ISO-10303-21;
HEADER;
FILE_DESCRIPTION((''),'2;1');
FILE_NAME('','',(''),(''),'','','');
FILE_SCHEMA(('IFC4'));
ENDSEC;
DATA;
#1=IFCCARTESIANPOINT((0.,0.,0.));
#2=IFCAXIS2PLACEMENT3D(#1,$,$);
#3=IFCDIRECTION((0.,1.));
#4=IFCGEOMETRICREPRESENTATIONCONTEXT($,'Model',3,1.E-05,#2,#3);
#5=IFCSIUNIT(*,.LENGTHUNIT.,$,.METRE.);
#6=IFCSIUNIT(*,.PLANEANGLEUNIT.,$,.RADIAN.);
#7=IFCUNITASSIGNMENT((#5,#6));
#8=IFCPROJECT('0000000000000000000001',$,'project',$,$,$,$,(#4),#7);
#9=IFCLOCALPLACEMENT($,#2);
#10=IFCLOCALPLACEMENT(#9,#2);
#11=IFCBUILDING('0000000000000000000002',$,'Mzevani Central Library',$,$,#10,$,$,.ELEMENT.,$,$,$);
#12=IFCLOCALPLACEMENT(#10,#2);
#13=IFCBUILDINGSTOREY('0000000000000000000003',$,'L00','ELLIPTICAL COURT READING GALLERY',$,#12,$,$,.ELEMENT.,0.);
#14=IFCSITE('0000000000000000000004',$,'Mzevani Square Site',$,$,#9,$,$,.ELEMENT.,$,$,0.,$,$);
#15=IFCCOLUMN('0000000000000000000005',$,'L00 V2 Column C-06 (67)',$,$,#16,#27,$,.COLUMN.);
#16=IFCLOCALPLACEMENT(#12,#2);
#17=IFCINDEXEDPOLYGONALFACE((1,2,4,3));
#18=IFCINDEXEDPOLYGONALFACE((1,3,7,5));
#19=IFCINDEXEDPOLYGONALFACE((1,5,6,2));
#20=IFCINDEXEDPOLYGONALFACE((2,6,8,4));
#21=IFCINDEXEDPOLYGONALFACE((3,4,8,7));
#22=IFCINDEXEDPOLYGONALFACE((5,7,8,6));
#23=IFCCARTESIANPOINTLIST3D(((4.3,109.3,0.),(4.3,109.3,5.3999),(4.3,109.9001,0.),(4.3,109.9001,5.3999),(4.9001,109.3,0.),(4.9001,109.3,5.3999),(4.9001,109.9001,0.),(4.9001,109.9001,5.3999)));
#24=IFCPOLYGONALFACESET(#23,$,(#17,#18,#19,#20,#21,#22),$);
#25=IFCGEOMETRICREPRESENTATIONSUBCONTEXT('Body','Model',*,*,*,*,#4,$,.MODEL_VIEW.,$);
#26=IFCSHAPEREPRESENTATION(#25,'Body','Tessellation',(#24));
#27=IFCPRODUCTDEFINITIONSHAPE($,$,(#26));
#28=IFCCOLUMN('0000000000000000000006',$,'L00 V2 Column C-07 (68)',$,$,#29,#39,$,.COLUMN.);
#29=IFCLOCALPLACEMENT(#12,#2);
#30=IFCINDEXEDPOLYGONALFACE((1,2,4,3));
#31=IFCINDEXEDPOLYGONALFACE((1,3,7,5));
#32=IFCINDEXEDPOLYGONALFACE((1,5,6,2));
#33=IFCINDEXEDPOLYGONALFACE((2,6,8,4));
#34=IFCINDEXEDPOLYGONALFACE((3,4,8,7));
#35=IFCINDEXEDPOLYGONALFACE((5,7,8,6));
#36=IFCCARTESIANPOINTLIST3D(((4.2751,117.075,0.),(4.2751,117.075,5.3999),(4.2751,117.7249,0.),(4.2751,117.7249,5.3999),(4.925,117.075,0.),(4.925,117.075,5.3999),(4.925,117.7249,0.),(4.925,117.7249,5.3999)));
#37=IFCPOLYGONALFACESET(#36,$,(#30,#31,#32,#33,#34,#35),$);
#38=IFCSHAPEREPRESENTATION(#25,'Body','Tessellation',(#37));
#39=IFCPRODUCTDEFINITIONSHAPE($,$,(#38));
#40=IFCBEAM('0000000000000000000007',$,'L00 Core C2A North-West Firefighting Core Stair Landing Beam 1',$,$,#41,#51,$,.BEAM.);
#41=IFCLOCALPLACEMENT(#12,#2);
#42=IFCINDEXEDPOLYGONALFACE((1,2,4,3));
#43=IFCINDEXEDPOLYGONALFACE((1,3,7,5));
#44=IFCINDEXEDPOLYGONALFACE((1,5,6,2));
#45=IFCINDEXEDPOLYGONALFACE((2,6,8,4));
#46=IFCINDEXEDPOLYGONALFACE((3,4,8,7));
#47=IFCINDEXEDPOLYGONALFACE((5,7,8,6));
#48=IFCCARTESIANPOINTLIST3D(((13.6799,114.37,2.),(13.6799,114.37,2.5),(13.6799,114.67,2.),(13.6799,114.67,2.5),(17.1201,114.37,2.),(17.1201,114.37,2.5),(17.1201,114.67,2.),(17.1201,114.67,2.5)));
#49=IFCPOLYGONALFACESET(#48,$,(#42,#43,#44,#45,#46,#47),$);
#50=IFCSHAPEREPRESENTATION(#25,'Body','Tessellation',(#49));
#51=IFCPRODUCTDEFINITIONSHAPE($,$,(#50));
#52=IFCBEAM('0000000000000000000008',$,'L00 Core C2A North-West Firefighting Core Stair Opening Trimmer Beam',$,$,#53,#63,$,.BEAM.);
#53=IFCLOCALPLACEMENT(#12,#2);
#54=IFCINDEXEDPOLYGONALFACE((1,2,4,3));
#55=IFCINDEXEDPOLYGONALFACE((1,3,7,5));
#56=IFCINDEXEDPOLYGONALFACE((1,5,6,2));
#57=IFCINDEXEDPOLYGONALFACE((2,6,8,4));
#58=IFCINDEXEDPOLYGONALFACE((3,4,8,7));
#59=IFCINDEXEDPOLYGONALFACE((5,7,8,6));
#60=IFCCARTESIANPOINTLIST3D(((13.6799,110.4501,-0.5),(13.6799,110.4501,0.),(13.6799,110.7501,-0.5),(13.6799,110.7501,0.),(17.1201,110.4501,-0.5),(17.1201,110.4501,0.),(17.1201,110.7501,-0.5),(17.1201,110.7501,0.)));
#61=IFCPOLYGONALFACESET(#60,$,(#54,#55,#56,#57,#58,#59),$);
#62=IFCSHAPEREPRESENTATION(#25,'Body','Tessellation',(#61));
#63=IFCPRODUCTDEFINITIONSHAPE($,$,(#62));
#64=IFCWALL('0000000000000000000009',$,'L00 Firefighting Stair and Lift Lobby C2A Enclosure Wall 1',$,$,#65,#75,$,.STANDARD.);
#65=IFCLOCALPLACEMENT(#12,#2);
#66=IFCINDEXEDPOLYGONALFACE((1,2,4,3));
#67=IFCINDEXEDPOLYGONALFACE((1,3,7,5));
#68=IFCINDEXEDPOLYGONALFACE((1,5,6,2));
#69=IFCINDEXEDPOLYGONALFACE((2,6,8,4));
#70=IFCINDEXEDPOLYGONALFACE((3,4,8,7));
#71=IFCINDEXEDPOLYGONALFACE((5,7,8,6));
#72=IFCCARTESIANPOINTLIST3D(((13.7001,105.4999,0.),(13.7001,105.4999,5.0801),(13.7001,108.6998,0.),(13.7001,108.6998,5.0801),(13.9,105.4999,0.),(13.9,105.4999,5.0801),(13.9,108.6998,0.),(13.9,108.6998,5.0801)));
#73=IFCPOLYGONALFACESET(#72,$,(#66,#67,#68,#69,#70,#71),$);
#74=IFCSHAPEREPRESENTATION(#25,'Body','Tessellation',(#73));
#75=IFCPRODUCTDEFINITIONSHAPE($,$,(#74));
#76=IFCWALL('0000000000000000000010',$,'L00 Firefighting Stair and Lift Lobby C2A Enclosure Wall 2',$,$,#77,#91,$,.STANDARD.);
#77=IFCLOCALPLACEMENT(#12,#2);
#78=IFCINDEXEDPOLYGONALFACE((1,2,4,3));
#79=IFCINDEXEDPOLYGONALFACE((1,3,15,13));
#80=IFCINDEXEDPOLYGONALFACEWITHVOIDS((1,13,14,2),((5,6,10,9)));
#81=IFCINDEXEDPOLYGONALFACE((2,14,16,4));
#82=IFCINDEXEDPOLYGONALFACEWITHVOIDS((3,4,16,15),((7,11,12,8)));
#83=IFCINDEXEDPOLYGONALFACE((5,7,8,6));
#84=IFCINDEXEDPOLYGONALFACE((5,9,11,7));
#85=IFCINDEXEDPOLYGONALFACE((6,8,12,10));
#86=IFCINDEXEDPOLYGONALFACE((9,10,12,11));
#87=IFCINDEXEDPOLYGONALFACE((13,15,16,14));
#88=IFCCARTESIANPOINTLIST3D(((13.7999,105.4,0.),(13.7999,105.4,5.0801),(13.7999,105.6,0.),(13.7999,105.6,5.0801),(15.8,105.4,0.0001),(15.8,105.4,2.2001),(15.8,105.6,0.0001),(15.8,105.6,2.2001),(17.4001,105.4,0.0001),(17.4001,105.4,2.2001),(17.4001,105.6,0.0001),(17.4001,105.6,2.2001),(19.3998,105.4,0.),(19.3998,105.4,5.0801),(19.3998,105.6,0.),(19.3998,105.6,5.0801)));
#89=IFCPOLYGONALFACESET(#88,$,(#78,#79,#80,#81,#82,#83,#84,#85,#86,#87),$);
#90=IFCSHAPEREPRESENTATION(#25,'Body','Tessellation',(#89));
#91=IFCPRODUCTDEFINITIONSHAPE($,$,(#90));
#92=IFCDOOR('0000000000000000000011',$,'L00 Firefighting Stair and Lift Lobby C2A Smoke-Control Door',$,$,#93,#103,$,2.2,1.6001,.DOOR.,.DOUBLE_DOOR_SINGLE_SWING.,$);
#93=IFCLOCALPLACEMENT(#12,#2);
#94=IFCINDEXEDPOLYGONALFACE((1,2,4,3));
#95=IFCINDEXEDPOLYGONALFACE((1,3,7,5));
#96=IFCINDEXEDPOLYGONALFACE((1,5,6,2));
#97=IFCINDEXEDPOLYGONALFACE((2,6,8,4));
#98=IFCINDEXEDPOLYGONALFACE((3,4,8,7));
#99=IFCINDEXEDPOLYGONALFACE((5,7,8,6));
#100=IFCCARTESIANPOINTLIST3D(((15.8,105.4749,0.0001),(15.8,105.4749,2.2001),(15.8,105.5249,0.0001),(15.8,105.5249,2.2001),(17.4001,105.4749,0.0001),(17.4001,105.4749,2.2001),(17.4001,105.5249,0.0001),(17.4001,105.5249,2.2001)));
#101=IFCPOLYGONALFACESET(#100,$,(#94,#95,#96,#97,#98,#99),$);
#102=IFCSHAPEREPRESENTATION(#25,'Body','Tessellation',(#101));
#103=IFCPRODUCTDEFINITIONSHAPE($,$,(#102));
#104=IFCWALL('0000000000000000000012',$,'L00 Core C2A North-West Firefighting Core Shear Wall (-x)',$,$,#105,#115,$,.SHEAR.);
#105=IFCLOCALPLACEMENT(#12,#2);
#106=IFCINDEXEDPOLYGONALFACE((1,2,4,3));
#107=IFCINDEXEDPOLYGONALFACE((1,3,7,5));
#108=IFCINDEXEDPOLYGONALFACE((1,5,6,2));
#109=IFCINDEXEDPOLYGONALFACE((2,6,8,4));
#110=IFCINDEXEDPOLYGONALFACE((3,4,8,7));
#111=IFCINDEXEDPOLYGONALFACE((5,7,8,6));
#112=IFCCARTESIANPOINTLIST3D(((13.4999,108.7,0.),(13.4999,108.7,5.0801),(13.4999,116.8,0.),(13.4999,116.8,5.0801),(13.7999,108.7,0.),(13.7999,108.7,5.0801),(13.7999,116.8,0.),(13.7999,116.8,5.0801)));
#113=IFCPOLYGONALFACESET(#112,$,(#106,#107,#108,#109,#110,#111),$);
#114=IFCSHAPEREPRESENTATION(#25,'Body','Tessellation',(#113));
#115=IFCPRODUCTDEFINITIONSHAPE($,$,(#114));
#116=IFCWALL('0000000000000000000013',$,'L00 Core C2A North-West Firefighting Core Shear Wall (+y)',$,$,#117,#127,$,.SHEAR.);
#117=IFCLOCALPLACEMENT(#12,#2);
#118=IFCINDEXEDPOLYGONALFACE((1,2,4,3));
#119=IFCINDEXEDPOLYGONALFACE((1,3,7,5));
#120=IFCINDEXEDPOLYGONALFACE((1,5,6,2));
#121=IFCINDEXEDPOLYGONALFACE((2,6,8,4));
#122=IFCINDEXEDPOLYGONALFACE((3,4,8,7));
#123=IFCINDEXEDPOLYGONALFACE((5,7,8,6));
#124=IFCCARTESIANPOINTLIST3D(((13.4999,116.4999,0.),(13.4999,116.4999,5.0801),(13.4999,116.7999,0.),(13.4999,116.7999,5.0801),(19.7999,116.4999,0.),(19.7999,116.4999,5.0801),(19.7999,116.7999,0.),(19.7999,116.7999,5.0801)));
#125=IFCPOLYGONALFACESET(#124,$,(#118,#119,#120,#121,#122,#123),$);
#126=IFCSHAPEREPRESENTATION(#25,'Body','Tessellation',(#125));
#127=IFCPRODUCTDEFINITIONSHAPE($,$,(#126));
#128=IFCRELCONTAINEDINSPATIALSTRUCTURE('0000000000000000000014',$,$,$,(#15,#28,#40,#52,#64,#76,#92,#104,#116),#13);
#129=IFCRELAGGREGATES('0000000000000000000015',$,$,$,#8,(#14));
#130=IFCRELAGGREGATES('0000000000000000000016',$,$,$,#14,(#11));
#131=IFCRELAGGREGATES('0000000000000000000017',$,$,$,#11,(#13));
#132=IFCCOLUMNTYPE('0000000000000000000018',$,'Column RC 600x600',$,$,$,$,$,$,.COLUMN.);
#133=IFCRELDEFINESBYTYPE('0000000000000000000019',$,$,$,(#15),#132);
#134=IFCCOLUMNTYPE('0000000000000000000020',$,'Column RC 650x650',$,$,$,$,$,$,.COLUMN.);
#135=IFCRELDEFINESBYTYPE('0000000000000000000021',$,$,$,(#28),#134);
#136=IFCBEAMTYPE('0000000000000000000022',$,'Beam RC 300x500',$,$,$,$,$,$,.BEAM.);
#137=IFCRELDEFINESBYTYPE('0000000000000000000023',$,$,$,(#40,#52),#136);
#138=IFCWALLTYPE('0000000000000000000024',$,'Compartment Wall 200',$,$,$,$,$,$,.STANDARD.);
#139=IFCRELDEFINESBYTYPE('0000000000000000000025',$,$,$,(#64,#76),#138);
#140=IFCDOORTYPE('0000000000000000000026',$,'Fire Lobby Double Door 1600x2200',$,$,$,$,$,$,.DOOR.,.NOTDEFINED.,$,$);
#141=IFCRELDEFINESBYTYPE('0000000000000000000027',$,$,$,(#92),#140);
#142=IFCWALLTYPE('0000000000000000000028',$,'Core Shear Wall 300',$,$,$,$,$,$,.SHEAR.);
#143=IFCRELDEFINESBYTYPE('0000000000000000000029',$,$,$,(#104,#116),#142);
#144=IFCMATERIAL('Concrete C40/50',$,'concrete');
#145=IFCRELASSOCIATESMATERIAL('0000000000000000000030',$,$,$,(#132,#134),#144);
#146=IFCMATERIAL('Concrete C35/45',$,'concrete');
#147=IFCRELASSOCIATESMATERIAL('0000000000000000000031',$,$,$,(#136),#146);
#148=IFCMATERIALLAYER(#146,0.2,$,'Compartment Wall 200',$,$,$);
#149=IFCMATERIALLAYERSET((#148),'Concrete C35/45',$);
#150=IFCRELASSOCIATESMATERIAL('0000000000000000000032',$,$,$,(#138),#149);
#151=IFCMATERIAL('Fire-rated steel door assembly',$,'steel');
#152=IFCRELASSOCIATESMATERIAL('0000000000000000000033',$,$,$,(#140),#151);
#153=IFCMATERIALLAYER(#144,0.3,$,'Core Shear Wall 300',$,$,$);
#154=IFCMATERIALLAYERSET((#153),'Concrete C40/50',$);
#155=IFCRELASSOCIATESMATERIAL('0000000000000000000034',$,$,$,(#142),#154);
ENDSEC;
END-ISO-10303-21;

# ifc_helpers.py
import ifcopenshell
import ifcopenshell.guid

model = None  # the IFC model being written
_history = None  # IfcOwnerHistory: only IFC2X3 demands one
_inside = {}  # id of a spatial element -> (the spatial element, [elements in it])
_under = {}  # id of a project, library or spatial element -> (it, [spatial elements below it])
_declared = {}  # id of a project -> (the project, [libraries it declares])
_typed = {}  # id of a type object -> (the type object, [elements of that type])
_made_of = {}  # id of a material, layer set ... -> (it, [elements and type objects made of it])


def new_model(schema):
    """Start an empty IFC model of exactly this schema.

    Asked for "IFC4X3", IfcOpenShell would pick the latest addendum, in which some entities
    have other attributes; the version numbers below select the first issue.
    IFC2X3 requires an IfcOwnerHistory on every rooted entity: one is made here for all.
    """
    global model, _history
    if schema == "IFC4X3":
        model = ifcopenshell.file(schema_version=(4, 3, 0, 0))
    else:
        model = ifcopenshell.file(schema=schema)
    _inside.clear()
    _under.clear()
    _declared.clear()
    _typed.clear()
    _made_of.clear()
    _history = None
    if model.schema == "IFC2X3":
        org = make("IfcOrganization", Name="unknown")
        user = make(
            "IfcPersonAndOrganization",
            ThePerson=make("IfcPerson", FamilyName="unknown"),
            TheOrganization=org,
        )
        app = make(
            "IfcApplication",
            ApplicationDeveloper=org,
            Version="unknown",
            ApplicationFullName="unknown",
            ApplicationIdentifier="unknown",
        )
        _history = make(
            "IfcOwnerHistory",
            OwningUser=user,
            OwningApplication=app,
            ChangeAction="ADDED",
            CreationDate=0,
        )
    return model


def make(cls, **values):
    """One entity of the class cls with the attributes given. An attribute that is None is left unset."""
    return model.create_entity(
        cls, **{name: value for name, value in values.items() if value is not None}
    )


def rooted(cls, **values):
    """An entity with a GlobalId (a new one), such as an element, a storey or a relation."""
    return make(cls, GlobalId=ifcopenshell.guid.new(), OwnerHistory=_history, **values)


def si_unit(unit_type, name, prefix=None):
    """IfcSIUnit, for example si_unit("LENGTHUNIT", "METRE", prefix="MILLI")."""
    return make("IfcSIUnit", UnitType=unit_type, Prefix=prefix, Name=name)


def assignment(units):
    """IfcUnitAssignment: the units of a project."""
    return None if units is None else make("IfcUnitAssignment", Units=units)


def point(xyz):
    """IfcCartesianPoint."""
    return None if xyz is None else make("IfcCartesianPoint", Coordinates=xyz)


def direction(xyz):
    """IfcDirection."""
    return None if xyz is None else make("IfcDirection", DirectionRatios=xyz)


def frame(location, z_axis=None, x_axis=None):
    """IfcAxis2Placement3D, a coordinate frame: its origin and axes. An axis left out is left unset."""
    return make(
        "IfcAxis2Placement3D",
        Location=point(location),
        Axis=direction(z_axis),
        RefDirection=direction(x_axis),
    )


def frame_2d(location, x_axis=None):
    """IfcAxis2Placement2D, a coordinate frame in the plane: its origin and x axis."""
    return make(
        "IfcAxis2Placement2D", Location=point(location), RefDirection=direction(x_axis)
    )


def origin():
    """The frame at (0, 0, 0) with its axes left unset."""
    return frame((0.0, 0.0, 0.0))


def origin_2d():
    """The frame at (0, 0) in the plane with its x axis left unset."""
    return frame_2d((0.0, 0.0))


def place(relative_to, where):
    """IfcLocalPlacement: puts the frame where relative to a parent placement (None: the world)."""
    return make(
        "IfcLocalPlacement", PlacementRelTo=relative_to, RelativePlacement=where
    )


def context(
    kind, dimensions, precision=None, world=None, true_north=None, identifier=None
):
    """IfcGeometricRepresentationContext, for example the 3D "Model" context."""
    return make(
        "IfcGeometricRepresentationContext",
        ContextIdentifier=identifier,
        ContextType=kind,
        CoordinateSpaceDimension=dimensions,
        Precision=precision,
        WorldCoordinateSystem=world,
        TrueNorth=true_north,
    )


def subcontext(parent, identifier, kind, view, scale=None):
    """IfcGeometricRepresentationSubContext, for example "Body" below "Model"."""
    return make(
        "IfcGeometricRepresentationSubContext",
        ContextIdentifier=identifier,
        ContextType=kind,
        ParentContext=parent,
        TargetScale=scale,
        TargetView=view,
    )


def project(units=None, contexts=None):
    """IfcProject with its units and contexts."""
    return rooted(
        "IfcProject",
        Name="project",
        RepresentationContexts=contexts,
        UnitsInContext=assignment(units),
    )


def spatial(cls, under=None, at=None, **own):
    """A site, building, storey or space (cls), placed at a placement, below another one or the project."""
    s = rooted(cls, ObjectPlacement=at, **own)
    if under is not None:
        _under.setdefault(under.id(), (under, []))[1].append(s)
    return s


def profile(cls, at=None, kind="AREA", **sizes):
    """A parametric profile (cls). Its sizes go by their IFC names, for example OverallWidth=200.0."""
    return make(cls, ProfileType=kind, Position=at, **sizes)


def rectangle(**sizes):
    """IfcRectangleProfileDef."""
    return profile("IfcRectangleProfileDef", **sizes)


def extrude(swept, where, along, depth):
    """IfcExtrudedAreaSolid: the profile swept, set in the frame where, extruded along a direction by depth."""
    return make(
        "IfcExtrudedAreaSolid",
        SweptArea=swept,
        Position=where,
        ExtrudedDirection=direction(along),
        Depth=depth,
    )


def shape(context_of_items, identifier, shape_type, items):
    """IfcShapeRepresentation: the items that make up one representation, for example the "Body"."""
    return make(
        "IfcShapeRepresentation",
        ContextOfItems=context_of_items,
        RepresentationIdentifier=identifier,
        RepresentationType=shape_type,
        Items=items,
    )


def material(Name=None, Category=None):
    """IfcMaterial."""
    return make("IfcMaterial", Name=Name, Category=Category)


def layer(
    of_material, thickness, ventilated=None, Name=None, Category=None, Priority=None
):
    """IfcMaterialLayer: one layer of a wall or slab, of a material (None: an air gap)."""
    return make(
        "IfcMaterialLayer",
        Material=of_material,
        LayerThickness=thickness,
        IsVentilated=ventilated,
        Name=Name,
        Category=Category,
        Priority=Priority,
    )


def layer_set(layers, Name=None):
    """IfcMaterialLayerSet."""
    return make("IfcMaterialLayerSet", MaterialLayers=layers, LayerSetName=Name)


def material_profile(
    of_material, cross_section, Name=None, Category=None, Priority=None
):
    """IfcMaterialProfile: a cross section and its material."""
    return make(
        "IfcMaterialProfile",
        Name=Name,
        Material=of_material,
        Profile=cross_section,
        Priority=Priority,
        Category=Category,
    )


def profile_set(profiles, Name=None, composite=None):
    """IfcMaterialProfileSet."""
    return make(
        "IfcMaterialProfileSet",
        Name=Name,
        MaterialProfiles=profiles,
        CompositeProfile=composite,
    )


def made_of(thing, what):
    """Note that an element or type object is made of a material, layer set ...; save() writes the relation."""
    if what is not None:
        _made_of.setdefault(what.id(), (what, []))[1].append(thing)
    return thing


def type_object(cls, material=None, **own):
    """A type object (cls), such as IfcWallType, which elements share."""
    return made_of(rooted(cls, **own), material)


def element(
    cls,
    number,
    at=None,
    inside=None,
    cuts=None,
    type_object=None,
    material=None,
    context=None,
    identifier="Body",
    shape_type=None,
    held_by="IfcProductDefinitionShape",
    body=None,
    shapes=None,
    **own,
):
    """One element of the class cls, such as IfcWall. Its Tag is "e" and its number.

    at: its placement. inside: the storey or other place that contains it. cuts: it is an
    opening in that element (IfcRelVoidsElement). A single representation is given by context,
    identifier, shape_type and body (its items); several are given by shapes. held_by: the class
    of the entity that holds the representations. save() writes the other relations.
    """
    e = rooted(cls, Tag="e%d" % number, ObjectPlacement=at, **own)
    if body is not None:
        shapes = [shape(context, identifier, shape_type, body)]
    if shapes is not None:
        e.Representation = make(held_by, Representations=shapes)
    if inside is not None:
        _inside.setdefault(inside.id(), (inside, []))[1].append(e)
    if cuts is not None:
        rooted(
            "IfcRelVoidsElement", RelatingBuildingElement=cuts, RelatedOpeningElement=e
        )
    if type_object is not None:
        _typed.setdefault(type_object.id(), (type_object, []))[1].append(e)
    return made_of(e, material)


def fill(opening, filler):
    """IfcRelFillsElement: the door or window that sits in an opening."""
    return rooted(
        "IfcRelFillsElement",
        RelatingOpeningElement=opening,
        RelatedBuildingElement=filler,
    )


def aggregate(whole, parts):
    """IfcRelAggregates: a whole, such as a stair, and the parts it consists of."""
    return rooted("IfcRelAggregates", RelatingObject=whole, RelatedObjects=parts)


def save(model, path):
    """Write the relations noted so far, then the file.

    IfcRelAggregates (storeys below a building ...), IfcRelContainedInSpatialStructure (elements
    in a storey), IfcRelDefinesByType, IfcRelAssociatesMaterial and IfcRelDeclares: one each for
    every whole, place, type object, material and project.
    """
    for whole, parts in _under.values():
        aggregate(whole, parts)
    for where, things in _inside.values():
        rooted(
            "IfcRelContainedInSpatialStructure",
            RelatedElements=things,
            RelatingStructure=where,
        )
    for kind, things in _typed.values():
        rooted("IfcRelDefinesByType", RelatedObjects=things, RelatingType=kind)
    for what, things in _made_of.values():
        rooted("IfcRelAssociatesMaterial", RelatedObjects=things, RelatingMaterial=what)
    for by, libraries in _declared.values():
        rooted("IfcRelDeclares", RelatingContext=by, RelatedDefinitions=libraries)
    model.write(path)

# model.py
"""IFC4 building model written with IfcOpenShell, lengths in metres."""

from ifc_helpers import new_model, si_unit, direction, frame, frame_2d, origin, origin_2d, place, context, subcontext, project, spatial, rectangle, extrude, material, layer, layer_set, material_profile, profile_set, type_object, element, fill, save


model = new_model("IFC4")

# Units and contexts
model_context = context("Model", 3, precision=1e-05, world=origin(), true_north=direction((0.0, 1.0)))
body_context = subcontext(model_context, "Body", "Model", "MODEL_VIEW")
ifc_project = project(units=[si_unit("LENGTHUNIT", "METRE"), si_unit("PLANEANGLEUNIT", "RADIAN")], contexts=[model_context])

# Site, building, storey
site_placement = place(None, origin())
site = spatial("IfcSite", under=ifc_project, at=site_placement, Name="Mzevani Square Site", CompositionType="ELEMENT", RefElevation=0.0)
building_placement = place(site_placement, origin())
building = spatial("IfcBuilding", under=site, at=building_placement, Name="Mzevani Central Library", CompositionType="ELEMENT")
storey_placement = place(building_placement, origin())
storey = spatial("IfcBuildingStorey", under=building, at=storey_placement, Name="L00", Description="ELLIPTICAL COURT READING GALLERY", CompositionType="ELEMENT", Elevation=0.0)

# Columns
ifc_material_1 = material(Name="Concrete C40/50", Category="concrete")
ifc_material_profile_1 = material_profile(ifc_material_1, rectangle(XDim=0.6001, YDim=0.6001, at=origin_2d()), Name="RC 600x600")
ifc_profile_set_1 = profile_set([ifc_material_profile_1], Name="Concrete C40/50")
column_type_1 = type_object("IfcColumnType", Name="Column RC 600x600", PredefinedType="COLUMN", material=ifc_profile_set_1)
column_1_placement = place(storey_placement, frame((4.6001, 109.6001, 0.0), z_axis=(0.0, 0.0, 1.0), x_axis=(1.0, 0.0, 0.0)))
element("IfcColumn", 1, at=column_1_placement, inside=storey, type_object=column_type_1, Name="L00 V2 Column C-06 (67)", PredefinedType="COLUMN", context=body_context, shape_type="SweptSolid", body=[
    extrude(rectangle(XDim=0.6001, YDim=0.6001, at=origin_2d()), origin(), (0.0, 0.0, 1.0), 5.3999),
])
ifc_material_profile_2 = material_profile(ifc_material_1, rectangle(XDim=0.6499, YDim=0.6499, at=origin_2d()), Name="RC 650x650")
ifc_profile_set_2 = profile_set([ifc_material_profile_2], Name="Concrete C40/50")
column_type_2 = type_object("IfcColumnType", Name="Column RC 650x650", PredefinedType="COLUMN", material=ifc_profile_set_2)
column_2_placement = place(storey_placement, frame((4.6001, 117.3999, 0.0), z_axis=(0.0, 0.0, 1.0), x_axis=(1.0, 0.0, 0.0)))
element("IfcColumn", 2, at=column_2_placement, inside=storey, type_object=column_type_2, Name="L00 V2 Column C-07 (68)", PredefinedType="COLUMN", context=body_context, shape_type="SweptSolid", body=[
    extrude(rectangle(XDim=0.6499, YDim=0.6499, at=origin_2d()), origin(), (0.0, 0.0, 1.0), 5.3999),
])

# Beams
ifc_material_2 = material(Name="Concrete C35/45", Category="concrete")
ifc_material_profile_3 = material_profile(ifc_material_2, rectangle(XDim=0.3, YDim=0.5, at=origin_2d()), Name="RC B300x500")
ifc_profile_set_3 = profile_set([ifc_material_profile_3], Name="Concrete C35/45")
beam_type = type_object("IfcBeamType", Name="Beam RC 300x500", PredefinedType="BEAM", material=ifc_profile_set_3)
for number, where, z_axis, x_axis, name in (
    (3, (13.6799, 114.52, 2.25), (1.0, 0.0, 0.0), (0.0, 1.0, 0.0), "L00 Core C2A North-West Firefighting Core Stair Landing Beam 1"),
    (4, (13.6799, 110.6001, -0.25), (1.0, 0.0, 0.0), (0.0, 1.0, 0.0), "L00 Core C2A North-West Firefighting Core Stair Opening Trimmer Beam"),
):
    element("IfcBeam", number, at=place(storey_placement, frame(where, z_axis=z_axis, x_axis=x_axis)), inside=storey, type_object=beam_type, Name=name, PredefinedType="BEAM", context=body_context, shape_type="SweptSolid", body=[
        extrude(rectangle(XDim=0.3, YDim=0.5, at=origin_2d()), origin(), (0.0, 0.0, 1.0), 3.4402),
    ])

# Wall
ifc_layer_1 = layer(ifc_material_2, 0.2, Name="Compartment Wall 200")
ifc_layer_set_1 = layer_set([ifc_layer_1], Name="Concrete C35/45")
wall_type_1 = type_object("IfcWallType", Name="Compartment Wall 200", PredefinedType="STANDARD", material=ifc_layer_set_1)
wall_1_placement = place(storey_placement, frame((13.8, 108.7, 0.0), z_axis=(0.0, 0.0, 1.0), x_axis=(0.0, -1.0, 0.0)))
element("IfcWall", 5, at=wall_1_placement, inside=storey, type_object=wall_type_1, Name="L00 Firefighting Stair and Lift Lobby C2A Enclosure Wall 1", PredefinedType="STANDARD", context=body_context, shape_type="SweptSolid", body=[
    extrude(rectangle(XDim=3.2, YDim=0.2, at=frame_2d((1.6001, 0.0))), origin(), (0.0, 0.0, 1.0), 5.0801),
])

# Wall, opening, door
wall_2_placement = place(storey_placement, frame((13.8, 105.5, 0.0), z_axis=(0.0, 0.0, 1.0), x_axis=(1.0, 0.0, 0.0)))
wall_2 = element("IfcWall", 6, at=wall_2_placement, inside=storey, type_object=wall_type_1, Name="L00 Firefighting Stair and Lift Lobby C2A Enclosure Wall 2", PredefinedType="STANDARD", context=body_context, shape_type="SweptSolid", body=[
    extrude(rectangle(XDim=5.5999, YDim=0.2, at=frame_2d((2.7998, 0.0))), origin(), (0.0, 0.0, 1.0), 5.0801),
])
opening_1_placement = place(wall_2_placement, frame((2.0, 0.0, 0.0)))
opening_1 = element("IfcOpeningElement", 7, at=opening_1_placement, cuts=wall_2, PredefinedType="OPENING", context=body_context, shape_type="SweptSolid", body=[
    extrude(rectangle(XDim=1.6001, YDim=2.2, at=frame_2d((0.8, 1.1001))), frame((0.0, 0.1099, 0.0), z_axis=(0.0, -1.0, 0.0), x_axis=(1.0, 0.0, 0.0)), (0.0, 0.0, 1.0), 0.22),
])
ifc_material_3 = material(Name="Fire-rated steel door assembly", Category="steel")
door_type_1 = type_object("IfcDoorType", Name="Fire Lobby Double Door 1600x2200", OperationType="NOTDEFINED", PredefinedType="DOOR", material=ifc_material_3)
door_1_placement = place(opening_1_placement, origin())
door_1 = element("IfcDoor", 8, at=door_1_placement, inside=storey, type_object=door_type_1, Name="L00 Firefighting Stair and Lift Lobby C2A Smoke-Control Door", OperationType="DOUBLE_DOOR_SINGLE_SWING", OverallHeight=2.2, OverallWidth=1.6001, PredefinedType="DOOR", context=body_context, shape_type="SweptSolid", body=[
    extrude(rectangle(XDim=1.6001, YDim=2.2, at=frame_2d((0.8, 1.1001))), frame((0.0, 0.0249, 0.0), z_axis=(0.0, -1.0, 0.0), x_axis=(1.0, 0.0, 0.0)), (0.0, 0.0, 1.0), 0.05),
])
fill(opening_1, door_1)

# Walls
ifc_layer_2 = layer(ifc_material_1, 0.3, Name="Core Shear Wall 300")
ifc_layer_set_2 = layer_set([ifc_layer_2], Name="Concrete C40/50")
wall_type_2 = type_object("IfcWallType", Name="Core Shear Wall 300", PredefinedType="SHEAR", material=ifc_layer_set_2)
wall_3_placement = place(storey_placement, frame((13.6499, 108.7, 0.0), z_axis=(0.0, 0.0, 1.0), x_axis=(0.0, 1.0, 0.0)))
element("IfcWall", 9, at=wall_3_placement, inside=storey, type_object=wall_type_2, Name="L00 Core C2A North-West Firefighting Core Shear Wall (-x)", PredefinedType="SHEAR", context=body_context, shape_type="SweptSolid", body=[
    extrude(rectangle(XDim=8.1001, YDim=0.3, at=frame_2d((4.05, 0.0))), origin(), (0.0, 0.0, 1.0), 5.0801),
])
wall_4_placement = place(storey_placement, frame((13.5, 116.6499, 0.0), z_axis=(0.0, 0.0, 1.0), x_axis=(1.0, 0.0, 0.0)))
element("IfcWall", 10, at=wall_4_placement, inside=storey, type_object=wall_type_2, Name="L00 Core C2A North-West Firefighting Core Shear Wall (+y)", PredefinedType="SHEAR", context=body_context, shape_type="SweptSolid", body=[
    extrude(rectangle(XDim=6.3, YDim=0.3, at=frame_2d((3.1499, 0.0))), origin(), (0.0, 0.0, 1.0), 5.0801),
])

save(model, "model.ifc")
